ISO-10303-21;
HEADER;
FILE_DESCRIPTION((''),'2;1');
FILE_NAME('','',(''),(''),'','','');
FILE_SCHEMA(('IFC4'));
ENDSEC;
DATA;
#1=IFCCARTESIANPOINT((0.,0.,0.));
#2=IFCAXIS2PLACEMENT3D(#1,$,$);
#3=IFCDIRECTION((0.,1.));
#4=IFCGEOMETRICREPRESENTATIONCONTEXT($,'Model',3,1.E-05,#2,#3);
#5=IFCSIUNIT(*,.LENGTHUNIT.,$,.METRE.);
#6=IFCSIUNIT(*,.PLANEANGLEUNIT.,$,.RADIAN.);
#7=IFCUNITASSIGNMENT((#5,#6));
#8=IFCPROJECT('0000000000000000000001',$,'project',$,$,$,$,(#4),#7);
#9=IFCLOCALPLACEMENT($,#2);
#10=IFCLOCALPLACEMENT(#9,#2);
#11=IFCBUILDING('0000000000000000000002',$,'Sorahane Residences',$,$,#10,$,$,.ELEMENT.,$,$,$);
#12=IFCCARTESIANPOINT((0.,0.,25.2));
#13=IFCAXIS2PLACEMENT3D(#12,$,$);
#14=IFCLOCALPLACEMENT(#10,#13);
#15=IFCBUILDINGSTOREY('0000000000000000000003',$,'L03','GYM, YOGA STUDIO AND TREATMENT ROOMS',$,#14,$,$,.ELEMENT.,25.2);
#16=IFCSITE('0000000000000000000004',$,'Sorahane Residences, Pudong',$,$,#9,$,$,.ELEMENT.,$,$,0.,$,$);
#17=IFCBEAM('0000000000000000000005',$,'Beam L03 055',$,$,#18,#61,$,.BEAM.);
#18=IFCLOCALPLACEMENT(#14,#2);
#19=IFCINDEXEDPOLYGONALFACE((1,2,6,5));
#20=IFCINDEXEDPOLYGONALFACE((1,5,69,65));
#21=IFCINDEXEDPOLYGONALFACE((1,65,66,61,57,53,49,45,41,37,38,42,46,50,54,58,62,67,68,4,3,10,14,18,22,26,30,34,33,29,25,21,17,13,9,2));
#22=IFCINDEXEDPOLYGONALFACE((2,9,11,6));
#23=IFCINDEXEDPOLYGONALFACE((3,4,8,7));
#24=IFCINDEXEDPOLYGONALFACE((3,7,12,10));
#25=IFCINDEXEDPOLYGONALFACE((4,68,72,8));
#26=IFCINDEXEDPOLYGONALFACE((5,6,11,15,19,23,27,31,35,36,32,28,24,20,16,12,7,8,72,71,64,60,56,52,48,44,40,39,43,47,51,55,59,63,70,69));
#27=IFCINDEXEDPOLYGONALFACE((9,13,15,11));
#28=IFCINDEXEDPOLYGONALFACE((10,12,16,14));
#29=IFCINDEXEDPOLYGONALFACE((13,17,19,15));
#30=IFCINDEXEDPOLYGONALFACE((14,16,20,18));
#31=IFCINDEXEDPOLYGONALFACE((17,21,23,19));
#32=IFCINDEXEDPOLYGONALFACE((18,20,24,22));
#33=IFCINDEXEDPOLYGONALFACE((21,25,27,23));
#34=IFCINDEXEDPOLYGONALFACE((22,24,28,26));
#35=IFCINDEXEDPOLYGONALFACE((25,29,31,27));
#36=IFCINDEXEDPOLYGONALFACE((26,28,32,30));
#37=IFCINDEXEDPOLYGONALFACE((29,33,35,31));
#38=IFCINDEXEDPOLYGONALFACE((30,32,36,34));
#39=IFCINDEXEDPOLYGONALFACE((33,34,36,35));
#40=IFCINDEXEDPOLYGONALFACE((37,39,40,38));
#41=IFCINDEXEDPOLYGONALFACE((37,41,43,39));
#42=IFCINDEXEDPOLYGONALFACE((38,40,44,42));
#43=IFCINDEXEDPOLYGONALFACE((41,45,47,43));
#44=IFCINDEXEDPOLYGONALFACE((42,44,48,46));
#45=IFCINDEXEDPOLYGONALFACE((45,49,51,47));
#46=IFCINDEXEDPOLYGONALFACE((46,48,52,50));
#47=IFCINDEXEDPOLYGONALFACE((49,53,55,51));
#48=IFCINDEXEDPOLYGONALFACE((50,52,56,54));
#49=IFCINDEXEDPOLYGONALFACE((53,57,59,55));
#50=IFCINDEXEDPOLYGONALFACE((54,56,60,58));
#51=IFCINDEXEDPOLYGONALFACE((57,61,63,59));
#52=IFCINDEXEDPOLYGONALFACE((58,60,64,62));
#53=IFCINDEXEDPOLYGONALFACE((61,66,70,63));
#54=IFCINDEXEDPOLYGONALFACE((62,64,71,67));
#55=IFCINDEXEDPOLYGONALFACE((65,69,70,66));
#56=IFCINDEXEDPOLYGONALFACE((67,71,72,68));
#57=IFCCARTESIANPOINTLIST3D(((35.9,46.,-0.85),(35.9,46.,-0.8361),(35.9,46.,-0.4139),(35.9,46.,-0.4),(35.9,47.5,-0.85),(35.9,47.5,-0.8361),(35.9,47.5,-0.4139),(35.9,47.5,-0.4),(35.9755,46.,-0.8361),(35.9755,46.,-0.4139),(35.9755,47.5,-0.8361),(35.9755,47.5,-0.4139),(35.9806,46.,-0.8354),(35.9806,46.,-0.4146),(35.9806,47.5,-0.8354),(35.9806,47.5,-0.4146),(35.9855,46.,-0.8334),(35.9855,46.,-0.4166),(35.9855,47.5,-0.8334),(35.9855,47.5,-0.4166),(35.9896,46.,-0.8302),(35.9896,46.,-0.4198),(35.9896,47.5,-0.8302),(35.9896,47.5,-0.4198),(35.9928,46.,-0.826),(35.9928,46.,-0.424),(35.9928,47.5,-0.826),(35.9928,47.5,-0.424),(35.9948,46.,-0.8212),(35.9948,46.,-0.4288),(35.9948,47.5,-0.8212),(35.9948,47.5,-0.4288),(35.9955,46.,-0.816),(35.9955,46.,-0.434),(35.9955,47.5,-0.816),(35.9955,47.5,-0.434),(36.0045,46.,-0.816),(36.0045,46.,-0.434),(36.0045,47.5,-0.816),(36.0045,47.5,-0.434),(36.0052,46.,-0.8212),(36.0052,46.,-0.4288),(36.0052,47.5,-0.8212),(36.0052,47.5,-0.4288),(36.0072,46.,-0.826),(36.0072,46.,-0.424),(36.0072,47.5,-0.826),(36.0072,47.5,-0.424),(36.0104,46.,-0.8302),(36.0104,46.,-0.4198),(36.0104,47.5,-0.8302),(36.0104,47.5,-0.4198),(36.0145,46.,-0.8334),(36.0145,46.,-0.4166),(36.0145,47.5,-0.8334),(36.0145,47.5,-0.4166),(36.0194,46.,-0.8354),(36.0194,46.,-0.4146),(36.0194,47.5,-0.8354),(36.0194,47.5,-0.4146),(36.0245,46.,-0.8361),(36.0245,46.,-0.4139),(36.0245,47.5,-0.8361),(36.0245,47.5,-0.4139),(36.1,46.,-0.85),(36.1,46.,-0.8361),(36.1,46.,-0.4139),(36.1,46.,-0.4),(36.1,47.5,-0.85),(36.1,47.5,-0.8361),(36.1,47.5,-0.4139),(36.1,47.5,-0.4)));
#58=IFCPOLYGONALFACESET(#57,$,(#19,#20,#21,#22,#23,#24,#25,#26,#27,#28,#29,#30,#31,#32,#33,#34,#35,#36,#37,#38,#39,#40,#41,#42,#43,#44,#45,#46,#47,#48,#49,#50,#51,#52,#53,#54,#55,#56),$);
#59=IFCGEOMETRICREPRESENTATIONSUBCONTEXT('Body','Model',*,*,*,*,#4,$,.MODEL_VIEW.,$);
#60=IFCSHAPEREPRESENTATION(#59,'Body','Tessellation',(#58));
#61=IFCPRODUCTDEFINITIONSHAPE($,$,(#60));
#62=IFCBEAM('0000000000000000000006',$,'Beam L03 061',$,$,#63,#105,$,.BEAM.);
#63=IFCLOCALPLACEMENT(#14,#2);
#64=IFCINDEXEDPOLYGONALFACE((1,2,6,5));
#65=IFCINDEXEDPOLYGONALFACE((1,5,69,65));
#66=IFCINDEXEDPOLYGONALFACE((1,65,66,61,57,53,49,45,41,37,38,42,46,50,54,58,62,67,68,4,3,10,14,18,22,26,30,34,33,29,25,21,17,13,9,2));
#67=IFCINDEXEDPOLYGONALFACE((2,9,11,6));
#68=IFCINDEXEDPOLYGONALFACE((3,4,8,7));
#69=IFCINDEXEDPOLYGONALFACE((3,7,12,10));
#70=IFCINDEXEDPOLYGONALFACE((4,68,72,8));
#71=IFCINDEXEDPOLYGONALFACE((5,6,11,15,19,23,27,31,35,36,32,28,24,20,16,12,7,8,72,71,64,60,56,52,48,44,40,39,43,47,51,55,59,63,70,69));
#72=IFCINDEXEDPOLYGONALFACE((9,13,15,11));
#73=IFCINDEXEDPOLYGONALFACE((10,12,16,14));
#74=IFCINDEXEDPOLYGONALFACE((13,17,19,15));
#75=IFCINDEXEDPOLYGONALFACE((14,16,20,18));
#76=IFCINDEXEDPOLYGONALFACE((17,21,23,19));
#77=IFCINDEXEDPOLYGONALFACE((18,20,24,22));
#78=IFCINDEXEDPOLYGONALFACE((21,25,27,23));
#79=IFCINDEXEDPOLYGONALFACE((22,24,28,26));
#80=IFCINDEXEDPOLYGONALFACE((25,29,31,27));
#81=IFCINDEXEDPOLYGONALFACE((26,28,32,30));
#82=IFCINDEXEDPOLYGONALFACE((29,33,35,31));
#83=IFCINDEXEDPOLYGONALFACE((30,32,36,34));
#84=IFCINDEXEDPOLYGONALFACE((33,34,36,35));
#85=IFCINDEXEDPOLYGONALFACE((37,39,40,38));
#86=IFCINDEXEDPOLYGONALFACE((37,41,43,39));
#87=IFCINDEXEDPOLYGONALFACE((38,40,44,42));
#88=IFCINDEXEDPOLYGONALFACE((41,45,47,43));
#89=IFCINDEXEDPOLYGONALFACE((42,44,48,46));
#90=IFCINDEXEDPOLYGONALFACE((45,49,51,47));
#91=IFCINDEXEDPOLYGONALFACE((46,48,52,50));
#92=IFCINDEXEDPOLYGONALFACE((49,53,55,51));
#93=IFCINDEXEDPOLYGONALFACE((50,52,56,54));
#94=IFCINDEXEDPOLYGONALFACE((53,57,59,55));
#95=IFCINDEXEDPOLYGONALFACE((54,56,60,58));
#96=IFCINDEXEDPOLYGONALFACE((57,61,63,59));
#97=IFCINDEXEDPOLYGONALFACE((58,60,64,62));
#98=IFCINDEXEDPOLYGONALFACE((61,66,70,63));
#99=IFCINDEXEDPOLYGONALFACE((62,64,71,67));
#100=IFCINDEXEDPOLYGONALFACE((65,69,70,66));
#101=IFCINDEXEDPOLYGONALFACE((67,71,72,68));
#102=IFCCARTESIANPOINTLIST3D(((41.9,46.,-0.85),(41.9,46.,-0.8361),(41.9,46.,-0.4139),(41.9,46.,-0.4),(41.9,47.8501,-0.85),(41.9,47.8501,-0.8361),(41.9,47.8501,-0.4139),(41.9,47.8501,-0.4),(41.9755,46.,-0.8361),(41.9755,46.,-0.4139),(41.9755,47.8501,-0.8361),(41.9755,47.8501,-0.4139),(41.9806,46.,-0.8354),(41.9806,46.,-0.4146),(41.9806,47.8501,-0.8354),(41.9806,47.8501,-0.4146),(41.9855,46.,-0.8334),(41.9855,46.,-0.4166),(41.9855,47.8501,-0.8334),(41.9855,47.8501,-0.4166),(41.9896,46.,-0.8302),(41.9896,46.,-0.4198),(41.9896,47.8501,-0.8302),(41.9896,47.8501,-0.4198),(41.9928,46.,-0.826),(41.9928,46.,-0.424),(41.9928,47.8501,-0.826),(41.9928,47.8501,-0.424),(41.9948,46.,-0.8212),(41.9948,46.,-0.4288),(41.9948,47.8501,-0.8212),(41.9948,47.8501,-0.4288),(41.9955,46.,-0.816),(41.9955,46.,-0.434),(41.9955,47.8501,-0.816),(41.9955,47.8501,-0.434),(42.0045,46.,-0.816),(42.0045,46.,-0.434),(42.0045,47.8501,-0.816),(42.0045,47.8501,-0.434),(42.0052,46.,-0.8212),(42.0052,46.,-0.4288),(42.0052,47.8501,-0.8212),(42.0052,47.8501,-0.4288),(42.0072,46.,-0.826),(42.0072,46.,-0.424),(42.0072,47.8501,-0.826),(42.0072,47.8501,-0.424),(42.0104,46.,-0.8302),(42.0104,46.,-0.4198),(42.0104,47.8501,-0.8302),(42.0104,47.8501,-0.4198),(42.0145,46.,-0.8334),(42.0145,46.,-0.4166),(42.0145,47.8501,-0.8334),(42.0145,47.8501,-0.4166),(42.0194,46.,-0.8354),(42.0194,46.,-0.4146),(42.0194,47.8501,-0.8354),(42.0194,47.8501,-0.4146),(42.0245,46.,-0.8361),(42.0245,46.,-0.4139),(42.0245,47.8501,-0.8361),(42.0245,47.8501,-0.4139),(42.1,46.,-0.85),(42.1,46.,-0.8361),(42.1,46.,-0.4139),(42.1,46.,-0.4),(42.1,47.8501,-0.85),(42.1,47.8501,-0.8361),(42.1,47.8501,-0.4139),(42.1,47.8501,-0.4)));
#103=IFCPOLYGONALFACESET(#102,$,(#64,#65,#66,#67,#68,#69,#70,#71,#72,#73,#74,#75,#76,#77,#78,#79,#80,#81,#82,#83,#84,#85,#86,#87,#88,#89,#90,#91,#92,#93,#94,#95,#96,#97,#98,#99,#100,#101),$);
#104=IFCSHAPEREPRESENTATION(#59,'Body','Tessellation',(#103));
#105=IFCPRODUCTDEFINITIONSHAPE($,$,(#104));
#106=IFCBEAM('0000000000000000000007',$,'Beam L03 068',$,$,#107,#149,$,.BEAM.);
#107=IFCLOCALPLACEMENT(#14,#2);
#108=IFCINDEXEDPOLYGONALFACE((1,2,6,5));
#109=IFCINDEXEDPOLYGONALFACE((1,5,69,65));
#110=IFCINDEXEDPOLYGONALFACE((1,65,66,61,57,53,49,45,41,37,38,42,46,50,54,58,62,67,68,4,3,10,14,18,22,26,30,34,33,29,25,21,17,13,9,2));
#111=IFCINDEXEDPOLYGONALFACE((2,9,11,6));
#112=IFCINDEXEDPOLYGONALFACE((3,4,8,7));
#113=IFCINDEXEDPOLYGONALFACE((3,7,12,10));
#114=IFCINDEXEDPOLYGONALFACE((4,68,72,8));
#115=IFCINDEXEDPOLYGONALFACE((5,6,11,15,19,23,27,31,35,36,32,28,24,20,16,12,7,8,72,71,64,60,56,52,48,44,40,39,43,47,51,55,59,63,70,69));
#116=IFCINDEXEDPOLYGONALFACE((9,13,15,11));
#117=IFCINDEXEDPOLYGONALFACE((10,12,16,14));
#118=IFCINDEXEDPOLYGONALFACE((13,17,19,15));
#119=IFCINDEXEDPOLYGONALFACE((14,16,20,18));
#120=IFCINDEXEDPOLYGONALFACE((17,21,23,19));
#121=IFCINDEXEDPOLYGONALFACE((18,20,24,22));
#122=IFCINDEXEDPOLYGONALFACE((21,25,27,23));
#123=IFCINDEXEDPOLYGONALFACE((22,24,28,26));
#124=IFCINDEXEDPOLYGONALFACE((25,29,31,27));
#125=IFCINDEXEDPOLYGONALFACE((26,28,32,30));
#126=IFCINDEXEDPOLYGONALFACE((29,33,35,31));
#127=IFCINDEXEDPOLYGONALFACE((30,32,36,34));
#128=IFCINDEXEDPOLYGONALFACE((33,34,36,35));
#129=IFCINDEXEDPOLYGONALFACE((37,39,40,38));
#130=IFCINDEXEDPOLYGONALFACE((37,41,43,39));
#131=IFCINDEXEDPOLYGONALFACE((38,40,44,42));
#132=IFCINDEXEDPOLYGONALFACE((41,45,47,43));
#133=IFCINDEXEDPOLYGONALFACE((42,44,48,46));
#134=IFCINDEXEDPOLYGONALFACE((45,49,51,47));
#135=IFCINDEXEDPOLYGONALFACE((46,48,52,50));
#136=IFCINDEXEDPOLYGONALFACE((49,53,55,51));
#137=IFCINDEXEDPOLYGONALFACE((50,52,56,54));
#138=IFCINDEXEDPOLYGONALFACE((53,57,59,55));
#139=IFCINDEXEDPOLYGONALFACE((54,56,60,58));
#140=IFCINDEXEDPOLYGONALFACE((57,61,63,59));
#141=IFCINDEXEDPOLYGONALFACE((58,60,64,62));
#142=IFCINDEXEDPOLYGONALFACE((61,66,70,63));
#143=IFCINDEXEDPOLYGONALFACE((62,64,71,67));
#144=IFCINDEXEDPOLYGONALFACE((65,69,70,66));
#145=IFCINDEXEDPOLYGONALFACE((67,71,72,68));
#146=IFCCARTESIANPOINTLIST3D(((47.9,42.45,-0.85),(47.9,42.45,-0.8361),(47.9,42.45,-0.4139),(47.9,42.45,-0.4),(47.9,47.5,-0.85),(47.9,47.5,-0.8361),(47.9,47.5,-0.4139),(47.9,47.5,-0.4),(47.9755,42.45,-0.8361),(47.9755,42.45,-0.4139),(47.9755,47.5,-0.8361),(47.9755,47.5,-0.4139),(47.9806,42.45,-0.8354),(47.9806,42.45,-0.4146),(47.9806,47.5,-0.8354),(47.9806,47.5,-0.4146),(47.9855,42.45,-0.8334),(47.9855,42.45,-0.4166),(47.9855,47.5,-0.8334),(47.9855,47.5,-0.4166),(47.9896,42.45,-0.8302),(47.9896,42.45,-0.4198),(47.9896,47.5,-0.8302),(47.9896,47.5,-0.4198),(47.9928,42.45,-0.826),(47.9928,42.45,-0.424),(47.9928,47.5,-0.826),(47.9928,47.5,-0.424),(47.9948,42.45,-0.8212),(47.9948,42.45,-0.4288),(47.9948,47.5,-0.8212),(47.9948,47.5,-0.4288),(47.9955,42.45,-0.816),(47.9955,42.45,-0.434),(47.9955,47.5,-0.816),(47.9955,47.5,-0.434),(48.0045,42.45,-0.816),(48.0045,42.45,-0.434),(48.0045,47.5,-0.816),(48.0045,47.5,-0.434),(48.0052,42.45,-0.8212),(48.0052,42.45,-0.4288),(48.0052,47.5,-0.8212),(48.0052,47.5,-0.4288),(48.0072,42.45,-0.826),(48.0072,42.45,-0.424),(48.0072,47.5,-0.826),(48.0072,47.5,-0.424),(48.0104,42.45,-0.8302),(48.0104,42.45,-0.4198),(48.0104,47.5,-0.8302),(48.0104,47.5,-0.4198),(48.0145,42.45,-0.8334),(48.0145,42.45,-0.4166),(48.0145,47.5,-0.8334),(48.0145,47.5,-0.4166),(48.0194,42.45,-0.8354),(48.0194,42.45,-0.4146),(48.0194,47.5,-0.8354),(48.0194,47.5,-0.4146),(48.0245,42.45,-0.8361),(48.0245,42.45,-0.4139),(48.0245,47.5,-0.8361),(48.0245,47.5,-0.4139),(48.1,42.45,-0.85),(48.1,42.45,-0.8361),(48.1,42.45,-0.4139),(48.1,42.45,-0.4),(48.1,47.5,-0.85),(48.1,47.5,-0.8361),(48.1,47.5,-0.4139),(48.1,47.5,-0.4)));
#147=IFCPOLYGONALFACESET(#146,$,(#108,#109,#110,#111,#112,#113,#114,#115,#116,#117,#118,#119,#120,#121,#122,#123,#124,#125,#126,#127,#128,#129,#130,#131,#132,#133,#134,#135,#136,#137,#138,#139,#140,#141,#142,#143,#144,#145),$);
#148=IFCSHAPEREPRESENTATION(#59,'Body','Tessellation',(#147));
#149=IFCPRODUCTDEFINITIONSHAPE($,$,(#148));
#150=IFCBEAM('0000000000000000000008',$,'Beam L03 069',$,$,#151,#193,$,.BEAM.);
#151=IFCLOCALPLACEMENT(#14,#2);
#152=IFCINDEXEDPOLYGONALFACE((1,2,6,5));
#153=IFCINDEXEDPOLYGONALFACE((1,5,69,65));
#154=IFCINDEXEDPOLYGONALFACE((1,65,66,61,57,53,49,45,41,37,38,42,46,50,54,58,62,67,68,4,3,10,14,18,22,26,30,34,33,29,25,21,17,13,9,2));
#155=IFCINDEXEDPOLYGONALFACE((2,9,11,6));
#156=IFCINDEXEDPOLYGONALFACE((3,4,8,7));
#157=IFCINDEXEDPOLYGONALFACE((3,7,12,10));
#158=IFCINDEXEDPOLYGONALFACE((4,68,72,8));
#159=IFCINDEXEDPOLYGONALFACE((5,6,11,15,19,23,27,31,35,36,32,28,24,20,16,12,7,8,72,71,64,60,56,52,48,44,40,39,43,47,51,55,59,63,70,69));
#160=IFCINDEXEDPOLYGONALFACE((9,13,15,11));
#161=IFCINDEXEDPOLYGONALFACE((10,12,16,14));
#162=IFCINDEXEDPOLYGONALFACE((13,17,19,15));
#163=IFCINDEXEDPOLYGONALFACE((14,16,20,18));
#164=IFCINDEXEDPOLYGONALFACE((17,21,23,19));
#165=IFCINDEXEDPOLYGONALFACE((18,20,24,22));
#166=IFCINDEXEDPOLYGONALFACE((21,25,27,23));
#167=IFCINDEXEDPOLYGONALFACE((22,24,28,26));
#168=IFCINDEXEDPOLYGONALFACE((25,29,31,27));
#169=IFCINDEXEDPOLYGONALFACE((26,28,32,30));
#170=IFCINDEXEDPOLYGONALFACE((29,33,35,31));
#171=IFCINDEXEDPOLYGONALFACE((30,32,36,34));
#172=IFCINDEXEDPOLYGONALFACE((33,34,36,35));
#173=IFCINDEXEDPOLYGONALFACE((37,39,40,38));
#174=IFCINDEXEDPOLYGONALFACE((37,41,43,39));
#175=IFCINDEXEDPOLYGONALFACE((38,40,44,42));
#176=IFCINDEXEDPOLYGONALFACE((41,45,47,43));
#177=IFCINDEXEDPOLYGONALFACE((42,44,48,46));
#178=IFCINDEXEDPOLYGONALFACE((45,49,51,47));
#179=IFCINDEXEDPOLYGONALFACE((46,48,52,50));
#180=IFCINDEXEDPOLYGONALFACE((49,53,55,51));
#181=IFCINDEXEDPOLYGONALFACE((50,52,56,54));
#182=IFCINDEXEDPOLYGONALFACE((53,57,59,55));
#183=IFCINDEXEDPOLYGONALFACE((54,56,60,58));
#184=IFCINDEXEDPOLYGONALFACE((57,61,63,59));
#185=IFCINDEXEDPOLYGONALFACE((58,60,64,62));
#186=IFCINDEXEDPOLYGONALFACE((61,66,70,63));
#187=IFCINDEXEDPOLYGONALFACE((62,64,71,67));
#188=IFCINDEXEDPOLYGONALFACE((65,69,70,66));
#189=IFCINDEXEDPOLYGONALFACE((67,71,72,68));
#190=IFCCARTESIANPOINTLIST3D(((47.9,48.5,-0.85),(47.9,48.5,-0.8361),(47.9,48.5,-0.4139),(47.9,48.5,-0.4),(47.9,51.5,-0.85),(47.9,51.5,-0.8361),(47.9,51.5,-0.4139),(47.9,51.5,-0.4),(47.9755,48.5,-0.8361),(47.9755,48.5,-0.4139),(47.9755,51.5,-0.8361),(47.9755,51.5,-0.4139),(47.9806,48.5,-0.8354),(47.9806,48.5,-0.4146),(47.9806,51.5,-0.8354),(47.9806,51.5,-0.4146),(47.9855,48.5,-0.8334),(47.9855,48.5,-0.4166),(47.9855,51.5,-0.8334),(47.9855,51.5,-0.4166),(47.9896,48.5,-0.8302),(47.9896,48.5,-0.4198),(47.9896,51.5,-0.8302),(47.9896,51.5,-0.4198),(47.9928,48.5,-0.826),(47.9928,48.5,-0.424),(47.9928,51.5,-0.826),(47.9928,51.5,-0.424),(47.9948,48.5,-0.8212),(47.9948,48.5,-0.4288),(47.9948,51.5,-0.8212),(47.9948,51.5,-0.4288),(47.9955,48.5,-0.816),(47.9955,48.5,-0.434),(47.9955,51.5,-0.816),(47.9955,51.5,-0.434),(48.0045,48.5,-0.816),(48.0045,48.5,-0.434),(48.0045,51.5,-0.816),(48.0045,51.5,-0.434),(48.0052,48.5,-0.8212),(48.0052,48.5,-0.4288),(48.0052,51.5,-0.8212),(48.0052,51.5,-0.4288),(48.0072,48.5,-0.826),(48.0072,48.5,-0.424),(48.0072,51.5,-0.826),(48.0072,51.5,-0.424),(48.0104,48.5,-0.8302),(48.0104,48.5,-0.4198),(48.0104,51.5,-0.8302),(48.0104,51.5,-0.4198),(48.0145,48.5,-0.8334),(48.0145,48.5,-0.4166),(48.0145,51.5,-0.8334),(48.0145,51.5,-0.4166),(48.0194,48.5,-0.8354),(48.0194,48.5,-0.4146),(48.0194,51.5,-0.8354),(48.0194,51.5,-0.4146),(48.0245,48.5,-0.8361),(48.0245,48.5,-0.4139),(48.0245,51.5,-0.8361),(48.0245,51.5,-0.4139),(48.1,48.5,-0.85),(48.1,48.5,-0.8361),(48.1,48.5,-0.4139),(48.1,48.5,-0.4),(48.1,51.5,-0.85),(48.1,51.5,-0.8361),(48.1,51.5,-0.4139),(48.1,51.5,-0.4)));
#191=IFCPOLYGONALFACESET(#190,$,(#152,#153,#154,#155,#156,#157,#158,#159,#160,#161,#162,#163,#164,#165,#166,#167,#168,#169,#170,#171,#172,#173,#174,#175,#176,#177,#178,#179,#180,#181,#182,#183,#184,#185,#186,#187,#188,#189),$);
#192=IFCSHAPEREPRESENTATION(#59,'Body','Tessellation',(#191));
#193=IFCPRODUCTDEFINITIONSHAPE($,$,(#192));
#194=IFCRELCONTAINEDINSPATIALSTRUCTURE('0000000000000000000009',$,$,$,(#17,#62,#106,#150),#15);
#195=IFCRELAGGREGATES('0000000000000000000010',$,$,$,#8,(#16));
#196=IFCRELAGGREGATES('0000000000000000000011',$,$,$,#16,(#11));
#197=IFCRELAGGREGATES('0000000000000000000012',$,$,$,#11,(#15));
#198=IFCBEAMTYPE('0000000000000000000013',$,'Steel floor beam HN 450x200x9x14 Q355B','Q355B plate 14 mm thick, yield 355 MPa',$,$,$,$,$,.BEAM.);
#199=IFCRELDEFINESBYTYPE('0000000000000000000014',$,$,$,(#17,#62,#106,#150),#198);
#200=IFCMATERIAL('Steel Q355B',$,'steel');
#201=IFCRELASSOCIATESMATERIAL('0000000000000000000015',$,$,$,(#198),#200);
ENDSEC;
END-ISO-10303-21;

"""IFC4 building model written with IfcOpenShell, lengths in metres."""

from ifc_helpers import new_model, si_unit, direction, frame, origin, origin_2d, place, context, subcontext, project, spatial, i_section, extrude, material, material_profile, profile_set, type_object, element, save


model = new_model("IFC4")

# Units and contexts
model_context = context("Model", 3, precision=1e-05, world=origin(), true_north=direction((0.0, 1.0)))
body_context = subcontext(model_context, "Body", "Model", "MODEL_VIEW")
ifc_project = project(units=[si_unit("LENGTHUNIT", "METRE"), si_unit("PLANEANGLEUNIT", "RADIAN")], contexts=[model_context])

# Site, building, storey
site_placement = place(None, origin())
site = spatial("IfcSite", under=ifc_project, at=site_placement, Name="Sorahane Residences, Pudong", CompositionType="ELEMENT", RefElevation=0.0)
building_placement = place(site_placement, origin())
building = spatial("IfcBuilding", under=site, at=building_placement, Name="Sorahane Residences", CompositionType="ELEMENT")
storey_placement = place(building_placement, frame((0.0, 0.0, 25.2)))
storey = spatial("IfcBuildingStorey", under=building, at=storey_placement, Name="L03", Description="GYM, YOGA STUDIO AND TREATMENT ROOMS", CompositionType="ELEMENT", Elevation=25.2)

# Beams
ifc_material_1 = material(Name="Steel Q355B", Category="steel")
ifc_material_profile_1 = material_profile(ifc_material_1, i_section(OverallWidth=0.2, OverallDepth=0.45, WebThickness=0.009, FlangeThickness=0.0139, FilletRadius=0.02, at=origin_2d()), Name="HN 450x200x9x14")
ifc_profile_set_1 = profile_set([ifc_material_profile_1], Name="Steel Q355B")
beam_type_1 = type_object("IfcBeamType", Name="Steel floor beam HN 450x200x9x14 Q355B", Description="Q355B plate 14 mm thick, yield 355 MPa", PredefinedType="BEAM", material=ifc_profile_set_1)
beam_1_placement = place(storey_placement, frame((36.0, 46.0, -0.625), z_axis=(0.0, 1.0, 0.0), x_axis=(-1.0, 0.0, 0.0)))
element("IfcBeam", 1, at=beam_1_placement, inside=storey, type_object=beam_type_1, Name="Beam L03 055", PredefinedType="BEAM", context=body_context, shape_type="SweptSolid", body=[
    extrude(i_section(OverallWidth=0.2, OverallDepth=0.45, WebThickness=0.009, FlangeThickness=0.0139, FilletRadius=0.02, at=origin_2d()), origin(), (0.0, 0.0, 1.0), 1.5),
])
beam_2_placement = place(storey_placement, frame((42.0, 46.0, -0.625), z_axis=(0.0, 1.0, 0.0), x_axis=(-1.0, 0.0, 0.0)))
element("IfcBeam", 2, at=beam_2_placement, inside=storey, type_object=beam_type_1, Name="Beam L03 061", PredefinedType="BEAM", context=body_context, shape_type="SweptSolid", body=[
    extrude(i_section(OverallWidth=0.2, OverallDepth=0.45, WebThickness=0.009, FlangeThickness=0.0139, FilletRadius=0.02, at=origin_2d()), origin(), (0.0, 0.0, 1.0), 1.8501),
])
beam_3_placement = place(storey_placement, frame((48.0, 42.45, -0.625), z_axis=(0.0, 1.0, 0.0), x_axis=(-1.0, 0.0, 0.0)))
element("IfcBeam", 3, at=beam_3_placement, inside=storey, type_object=beam_type_1, Name="Beam L03 068", PredefinedType="BEAM", context=body_context, shape_type="SweptSolid", body=[
    extrude(i_section(OverallWidth=0.2, OverallDepth=0.45, WebThickness=0.009, FlangeThickness=0.0139, FilletRadius=0.02, at=origin_2d()), origin(), (0.0, 0.0, 1.0), 5.05),
])
beam_4_placement = place(storey_placement, frame((48.0, 48.5, -0.625), z_axis=(0.0, 1.0, 0.0), x_axis=(-1.0, 0.0, 0.0)))
element("IfcBeam", 4, at=beam_4_placement, inside=storey, type_object=beam_type_1, Name="Beam L03 069", PredefinedType="BEAM", context=body_context, shape_type="SweptSolid", body=[
    extrude(i_section(OverallWidth=0.2, OverallDepth=0.45, WebThickness=0.009, FlangeThickness=0.0139, FilletRadius=0.02, at=origin_2d()), origin(), (0.0, 0.0, 1.0), 3.0),
])

save(model, "model.ifc")
